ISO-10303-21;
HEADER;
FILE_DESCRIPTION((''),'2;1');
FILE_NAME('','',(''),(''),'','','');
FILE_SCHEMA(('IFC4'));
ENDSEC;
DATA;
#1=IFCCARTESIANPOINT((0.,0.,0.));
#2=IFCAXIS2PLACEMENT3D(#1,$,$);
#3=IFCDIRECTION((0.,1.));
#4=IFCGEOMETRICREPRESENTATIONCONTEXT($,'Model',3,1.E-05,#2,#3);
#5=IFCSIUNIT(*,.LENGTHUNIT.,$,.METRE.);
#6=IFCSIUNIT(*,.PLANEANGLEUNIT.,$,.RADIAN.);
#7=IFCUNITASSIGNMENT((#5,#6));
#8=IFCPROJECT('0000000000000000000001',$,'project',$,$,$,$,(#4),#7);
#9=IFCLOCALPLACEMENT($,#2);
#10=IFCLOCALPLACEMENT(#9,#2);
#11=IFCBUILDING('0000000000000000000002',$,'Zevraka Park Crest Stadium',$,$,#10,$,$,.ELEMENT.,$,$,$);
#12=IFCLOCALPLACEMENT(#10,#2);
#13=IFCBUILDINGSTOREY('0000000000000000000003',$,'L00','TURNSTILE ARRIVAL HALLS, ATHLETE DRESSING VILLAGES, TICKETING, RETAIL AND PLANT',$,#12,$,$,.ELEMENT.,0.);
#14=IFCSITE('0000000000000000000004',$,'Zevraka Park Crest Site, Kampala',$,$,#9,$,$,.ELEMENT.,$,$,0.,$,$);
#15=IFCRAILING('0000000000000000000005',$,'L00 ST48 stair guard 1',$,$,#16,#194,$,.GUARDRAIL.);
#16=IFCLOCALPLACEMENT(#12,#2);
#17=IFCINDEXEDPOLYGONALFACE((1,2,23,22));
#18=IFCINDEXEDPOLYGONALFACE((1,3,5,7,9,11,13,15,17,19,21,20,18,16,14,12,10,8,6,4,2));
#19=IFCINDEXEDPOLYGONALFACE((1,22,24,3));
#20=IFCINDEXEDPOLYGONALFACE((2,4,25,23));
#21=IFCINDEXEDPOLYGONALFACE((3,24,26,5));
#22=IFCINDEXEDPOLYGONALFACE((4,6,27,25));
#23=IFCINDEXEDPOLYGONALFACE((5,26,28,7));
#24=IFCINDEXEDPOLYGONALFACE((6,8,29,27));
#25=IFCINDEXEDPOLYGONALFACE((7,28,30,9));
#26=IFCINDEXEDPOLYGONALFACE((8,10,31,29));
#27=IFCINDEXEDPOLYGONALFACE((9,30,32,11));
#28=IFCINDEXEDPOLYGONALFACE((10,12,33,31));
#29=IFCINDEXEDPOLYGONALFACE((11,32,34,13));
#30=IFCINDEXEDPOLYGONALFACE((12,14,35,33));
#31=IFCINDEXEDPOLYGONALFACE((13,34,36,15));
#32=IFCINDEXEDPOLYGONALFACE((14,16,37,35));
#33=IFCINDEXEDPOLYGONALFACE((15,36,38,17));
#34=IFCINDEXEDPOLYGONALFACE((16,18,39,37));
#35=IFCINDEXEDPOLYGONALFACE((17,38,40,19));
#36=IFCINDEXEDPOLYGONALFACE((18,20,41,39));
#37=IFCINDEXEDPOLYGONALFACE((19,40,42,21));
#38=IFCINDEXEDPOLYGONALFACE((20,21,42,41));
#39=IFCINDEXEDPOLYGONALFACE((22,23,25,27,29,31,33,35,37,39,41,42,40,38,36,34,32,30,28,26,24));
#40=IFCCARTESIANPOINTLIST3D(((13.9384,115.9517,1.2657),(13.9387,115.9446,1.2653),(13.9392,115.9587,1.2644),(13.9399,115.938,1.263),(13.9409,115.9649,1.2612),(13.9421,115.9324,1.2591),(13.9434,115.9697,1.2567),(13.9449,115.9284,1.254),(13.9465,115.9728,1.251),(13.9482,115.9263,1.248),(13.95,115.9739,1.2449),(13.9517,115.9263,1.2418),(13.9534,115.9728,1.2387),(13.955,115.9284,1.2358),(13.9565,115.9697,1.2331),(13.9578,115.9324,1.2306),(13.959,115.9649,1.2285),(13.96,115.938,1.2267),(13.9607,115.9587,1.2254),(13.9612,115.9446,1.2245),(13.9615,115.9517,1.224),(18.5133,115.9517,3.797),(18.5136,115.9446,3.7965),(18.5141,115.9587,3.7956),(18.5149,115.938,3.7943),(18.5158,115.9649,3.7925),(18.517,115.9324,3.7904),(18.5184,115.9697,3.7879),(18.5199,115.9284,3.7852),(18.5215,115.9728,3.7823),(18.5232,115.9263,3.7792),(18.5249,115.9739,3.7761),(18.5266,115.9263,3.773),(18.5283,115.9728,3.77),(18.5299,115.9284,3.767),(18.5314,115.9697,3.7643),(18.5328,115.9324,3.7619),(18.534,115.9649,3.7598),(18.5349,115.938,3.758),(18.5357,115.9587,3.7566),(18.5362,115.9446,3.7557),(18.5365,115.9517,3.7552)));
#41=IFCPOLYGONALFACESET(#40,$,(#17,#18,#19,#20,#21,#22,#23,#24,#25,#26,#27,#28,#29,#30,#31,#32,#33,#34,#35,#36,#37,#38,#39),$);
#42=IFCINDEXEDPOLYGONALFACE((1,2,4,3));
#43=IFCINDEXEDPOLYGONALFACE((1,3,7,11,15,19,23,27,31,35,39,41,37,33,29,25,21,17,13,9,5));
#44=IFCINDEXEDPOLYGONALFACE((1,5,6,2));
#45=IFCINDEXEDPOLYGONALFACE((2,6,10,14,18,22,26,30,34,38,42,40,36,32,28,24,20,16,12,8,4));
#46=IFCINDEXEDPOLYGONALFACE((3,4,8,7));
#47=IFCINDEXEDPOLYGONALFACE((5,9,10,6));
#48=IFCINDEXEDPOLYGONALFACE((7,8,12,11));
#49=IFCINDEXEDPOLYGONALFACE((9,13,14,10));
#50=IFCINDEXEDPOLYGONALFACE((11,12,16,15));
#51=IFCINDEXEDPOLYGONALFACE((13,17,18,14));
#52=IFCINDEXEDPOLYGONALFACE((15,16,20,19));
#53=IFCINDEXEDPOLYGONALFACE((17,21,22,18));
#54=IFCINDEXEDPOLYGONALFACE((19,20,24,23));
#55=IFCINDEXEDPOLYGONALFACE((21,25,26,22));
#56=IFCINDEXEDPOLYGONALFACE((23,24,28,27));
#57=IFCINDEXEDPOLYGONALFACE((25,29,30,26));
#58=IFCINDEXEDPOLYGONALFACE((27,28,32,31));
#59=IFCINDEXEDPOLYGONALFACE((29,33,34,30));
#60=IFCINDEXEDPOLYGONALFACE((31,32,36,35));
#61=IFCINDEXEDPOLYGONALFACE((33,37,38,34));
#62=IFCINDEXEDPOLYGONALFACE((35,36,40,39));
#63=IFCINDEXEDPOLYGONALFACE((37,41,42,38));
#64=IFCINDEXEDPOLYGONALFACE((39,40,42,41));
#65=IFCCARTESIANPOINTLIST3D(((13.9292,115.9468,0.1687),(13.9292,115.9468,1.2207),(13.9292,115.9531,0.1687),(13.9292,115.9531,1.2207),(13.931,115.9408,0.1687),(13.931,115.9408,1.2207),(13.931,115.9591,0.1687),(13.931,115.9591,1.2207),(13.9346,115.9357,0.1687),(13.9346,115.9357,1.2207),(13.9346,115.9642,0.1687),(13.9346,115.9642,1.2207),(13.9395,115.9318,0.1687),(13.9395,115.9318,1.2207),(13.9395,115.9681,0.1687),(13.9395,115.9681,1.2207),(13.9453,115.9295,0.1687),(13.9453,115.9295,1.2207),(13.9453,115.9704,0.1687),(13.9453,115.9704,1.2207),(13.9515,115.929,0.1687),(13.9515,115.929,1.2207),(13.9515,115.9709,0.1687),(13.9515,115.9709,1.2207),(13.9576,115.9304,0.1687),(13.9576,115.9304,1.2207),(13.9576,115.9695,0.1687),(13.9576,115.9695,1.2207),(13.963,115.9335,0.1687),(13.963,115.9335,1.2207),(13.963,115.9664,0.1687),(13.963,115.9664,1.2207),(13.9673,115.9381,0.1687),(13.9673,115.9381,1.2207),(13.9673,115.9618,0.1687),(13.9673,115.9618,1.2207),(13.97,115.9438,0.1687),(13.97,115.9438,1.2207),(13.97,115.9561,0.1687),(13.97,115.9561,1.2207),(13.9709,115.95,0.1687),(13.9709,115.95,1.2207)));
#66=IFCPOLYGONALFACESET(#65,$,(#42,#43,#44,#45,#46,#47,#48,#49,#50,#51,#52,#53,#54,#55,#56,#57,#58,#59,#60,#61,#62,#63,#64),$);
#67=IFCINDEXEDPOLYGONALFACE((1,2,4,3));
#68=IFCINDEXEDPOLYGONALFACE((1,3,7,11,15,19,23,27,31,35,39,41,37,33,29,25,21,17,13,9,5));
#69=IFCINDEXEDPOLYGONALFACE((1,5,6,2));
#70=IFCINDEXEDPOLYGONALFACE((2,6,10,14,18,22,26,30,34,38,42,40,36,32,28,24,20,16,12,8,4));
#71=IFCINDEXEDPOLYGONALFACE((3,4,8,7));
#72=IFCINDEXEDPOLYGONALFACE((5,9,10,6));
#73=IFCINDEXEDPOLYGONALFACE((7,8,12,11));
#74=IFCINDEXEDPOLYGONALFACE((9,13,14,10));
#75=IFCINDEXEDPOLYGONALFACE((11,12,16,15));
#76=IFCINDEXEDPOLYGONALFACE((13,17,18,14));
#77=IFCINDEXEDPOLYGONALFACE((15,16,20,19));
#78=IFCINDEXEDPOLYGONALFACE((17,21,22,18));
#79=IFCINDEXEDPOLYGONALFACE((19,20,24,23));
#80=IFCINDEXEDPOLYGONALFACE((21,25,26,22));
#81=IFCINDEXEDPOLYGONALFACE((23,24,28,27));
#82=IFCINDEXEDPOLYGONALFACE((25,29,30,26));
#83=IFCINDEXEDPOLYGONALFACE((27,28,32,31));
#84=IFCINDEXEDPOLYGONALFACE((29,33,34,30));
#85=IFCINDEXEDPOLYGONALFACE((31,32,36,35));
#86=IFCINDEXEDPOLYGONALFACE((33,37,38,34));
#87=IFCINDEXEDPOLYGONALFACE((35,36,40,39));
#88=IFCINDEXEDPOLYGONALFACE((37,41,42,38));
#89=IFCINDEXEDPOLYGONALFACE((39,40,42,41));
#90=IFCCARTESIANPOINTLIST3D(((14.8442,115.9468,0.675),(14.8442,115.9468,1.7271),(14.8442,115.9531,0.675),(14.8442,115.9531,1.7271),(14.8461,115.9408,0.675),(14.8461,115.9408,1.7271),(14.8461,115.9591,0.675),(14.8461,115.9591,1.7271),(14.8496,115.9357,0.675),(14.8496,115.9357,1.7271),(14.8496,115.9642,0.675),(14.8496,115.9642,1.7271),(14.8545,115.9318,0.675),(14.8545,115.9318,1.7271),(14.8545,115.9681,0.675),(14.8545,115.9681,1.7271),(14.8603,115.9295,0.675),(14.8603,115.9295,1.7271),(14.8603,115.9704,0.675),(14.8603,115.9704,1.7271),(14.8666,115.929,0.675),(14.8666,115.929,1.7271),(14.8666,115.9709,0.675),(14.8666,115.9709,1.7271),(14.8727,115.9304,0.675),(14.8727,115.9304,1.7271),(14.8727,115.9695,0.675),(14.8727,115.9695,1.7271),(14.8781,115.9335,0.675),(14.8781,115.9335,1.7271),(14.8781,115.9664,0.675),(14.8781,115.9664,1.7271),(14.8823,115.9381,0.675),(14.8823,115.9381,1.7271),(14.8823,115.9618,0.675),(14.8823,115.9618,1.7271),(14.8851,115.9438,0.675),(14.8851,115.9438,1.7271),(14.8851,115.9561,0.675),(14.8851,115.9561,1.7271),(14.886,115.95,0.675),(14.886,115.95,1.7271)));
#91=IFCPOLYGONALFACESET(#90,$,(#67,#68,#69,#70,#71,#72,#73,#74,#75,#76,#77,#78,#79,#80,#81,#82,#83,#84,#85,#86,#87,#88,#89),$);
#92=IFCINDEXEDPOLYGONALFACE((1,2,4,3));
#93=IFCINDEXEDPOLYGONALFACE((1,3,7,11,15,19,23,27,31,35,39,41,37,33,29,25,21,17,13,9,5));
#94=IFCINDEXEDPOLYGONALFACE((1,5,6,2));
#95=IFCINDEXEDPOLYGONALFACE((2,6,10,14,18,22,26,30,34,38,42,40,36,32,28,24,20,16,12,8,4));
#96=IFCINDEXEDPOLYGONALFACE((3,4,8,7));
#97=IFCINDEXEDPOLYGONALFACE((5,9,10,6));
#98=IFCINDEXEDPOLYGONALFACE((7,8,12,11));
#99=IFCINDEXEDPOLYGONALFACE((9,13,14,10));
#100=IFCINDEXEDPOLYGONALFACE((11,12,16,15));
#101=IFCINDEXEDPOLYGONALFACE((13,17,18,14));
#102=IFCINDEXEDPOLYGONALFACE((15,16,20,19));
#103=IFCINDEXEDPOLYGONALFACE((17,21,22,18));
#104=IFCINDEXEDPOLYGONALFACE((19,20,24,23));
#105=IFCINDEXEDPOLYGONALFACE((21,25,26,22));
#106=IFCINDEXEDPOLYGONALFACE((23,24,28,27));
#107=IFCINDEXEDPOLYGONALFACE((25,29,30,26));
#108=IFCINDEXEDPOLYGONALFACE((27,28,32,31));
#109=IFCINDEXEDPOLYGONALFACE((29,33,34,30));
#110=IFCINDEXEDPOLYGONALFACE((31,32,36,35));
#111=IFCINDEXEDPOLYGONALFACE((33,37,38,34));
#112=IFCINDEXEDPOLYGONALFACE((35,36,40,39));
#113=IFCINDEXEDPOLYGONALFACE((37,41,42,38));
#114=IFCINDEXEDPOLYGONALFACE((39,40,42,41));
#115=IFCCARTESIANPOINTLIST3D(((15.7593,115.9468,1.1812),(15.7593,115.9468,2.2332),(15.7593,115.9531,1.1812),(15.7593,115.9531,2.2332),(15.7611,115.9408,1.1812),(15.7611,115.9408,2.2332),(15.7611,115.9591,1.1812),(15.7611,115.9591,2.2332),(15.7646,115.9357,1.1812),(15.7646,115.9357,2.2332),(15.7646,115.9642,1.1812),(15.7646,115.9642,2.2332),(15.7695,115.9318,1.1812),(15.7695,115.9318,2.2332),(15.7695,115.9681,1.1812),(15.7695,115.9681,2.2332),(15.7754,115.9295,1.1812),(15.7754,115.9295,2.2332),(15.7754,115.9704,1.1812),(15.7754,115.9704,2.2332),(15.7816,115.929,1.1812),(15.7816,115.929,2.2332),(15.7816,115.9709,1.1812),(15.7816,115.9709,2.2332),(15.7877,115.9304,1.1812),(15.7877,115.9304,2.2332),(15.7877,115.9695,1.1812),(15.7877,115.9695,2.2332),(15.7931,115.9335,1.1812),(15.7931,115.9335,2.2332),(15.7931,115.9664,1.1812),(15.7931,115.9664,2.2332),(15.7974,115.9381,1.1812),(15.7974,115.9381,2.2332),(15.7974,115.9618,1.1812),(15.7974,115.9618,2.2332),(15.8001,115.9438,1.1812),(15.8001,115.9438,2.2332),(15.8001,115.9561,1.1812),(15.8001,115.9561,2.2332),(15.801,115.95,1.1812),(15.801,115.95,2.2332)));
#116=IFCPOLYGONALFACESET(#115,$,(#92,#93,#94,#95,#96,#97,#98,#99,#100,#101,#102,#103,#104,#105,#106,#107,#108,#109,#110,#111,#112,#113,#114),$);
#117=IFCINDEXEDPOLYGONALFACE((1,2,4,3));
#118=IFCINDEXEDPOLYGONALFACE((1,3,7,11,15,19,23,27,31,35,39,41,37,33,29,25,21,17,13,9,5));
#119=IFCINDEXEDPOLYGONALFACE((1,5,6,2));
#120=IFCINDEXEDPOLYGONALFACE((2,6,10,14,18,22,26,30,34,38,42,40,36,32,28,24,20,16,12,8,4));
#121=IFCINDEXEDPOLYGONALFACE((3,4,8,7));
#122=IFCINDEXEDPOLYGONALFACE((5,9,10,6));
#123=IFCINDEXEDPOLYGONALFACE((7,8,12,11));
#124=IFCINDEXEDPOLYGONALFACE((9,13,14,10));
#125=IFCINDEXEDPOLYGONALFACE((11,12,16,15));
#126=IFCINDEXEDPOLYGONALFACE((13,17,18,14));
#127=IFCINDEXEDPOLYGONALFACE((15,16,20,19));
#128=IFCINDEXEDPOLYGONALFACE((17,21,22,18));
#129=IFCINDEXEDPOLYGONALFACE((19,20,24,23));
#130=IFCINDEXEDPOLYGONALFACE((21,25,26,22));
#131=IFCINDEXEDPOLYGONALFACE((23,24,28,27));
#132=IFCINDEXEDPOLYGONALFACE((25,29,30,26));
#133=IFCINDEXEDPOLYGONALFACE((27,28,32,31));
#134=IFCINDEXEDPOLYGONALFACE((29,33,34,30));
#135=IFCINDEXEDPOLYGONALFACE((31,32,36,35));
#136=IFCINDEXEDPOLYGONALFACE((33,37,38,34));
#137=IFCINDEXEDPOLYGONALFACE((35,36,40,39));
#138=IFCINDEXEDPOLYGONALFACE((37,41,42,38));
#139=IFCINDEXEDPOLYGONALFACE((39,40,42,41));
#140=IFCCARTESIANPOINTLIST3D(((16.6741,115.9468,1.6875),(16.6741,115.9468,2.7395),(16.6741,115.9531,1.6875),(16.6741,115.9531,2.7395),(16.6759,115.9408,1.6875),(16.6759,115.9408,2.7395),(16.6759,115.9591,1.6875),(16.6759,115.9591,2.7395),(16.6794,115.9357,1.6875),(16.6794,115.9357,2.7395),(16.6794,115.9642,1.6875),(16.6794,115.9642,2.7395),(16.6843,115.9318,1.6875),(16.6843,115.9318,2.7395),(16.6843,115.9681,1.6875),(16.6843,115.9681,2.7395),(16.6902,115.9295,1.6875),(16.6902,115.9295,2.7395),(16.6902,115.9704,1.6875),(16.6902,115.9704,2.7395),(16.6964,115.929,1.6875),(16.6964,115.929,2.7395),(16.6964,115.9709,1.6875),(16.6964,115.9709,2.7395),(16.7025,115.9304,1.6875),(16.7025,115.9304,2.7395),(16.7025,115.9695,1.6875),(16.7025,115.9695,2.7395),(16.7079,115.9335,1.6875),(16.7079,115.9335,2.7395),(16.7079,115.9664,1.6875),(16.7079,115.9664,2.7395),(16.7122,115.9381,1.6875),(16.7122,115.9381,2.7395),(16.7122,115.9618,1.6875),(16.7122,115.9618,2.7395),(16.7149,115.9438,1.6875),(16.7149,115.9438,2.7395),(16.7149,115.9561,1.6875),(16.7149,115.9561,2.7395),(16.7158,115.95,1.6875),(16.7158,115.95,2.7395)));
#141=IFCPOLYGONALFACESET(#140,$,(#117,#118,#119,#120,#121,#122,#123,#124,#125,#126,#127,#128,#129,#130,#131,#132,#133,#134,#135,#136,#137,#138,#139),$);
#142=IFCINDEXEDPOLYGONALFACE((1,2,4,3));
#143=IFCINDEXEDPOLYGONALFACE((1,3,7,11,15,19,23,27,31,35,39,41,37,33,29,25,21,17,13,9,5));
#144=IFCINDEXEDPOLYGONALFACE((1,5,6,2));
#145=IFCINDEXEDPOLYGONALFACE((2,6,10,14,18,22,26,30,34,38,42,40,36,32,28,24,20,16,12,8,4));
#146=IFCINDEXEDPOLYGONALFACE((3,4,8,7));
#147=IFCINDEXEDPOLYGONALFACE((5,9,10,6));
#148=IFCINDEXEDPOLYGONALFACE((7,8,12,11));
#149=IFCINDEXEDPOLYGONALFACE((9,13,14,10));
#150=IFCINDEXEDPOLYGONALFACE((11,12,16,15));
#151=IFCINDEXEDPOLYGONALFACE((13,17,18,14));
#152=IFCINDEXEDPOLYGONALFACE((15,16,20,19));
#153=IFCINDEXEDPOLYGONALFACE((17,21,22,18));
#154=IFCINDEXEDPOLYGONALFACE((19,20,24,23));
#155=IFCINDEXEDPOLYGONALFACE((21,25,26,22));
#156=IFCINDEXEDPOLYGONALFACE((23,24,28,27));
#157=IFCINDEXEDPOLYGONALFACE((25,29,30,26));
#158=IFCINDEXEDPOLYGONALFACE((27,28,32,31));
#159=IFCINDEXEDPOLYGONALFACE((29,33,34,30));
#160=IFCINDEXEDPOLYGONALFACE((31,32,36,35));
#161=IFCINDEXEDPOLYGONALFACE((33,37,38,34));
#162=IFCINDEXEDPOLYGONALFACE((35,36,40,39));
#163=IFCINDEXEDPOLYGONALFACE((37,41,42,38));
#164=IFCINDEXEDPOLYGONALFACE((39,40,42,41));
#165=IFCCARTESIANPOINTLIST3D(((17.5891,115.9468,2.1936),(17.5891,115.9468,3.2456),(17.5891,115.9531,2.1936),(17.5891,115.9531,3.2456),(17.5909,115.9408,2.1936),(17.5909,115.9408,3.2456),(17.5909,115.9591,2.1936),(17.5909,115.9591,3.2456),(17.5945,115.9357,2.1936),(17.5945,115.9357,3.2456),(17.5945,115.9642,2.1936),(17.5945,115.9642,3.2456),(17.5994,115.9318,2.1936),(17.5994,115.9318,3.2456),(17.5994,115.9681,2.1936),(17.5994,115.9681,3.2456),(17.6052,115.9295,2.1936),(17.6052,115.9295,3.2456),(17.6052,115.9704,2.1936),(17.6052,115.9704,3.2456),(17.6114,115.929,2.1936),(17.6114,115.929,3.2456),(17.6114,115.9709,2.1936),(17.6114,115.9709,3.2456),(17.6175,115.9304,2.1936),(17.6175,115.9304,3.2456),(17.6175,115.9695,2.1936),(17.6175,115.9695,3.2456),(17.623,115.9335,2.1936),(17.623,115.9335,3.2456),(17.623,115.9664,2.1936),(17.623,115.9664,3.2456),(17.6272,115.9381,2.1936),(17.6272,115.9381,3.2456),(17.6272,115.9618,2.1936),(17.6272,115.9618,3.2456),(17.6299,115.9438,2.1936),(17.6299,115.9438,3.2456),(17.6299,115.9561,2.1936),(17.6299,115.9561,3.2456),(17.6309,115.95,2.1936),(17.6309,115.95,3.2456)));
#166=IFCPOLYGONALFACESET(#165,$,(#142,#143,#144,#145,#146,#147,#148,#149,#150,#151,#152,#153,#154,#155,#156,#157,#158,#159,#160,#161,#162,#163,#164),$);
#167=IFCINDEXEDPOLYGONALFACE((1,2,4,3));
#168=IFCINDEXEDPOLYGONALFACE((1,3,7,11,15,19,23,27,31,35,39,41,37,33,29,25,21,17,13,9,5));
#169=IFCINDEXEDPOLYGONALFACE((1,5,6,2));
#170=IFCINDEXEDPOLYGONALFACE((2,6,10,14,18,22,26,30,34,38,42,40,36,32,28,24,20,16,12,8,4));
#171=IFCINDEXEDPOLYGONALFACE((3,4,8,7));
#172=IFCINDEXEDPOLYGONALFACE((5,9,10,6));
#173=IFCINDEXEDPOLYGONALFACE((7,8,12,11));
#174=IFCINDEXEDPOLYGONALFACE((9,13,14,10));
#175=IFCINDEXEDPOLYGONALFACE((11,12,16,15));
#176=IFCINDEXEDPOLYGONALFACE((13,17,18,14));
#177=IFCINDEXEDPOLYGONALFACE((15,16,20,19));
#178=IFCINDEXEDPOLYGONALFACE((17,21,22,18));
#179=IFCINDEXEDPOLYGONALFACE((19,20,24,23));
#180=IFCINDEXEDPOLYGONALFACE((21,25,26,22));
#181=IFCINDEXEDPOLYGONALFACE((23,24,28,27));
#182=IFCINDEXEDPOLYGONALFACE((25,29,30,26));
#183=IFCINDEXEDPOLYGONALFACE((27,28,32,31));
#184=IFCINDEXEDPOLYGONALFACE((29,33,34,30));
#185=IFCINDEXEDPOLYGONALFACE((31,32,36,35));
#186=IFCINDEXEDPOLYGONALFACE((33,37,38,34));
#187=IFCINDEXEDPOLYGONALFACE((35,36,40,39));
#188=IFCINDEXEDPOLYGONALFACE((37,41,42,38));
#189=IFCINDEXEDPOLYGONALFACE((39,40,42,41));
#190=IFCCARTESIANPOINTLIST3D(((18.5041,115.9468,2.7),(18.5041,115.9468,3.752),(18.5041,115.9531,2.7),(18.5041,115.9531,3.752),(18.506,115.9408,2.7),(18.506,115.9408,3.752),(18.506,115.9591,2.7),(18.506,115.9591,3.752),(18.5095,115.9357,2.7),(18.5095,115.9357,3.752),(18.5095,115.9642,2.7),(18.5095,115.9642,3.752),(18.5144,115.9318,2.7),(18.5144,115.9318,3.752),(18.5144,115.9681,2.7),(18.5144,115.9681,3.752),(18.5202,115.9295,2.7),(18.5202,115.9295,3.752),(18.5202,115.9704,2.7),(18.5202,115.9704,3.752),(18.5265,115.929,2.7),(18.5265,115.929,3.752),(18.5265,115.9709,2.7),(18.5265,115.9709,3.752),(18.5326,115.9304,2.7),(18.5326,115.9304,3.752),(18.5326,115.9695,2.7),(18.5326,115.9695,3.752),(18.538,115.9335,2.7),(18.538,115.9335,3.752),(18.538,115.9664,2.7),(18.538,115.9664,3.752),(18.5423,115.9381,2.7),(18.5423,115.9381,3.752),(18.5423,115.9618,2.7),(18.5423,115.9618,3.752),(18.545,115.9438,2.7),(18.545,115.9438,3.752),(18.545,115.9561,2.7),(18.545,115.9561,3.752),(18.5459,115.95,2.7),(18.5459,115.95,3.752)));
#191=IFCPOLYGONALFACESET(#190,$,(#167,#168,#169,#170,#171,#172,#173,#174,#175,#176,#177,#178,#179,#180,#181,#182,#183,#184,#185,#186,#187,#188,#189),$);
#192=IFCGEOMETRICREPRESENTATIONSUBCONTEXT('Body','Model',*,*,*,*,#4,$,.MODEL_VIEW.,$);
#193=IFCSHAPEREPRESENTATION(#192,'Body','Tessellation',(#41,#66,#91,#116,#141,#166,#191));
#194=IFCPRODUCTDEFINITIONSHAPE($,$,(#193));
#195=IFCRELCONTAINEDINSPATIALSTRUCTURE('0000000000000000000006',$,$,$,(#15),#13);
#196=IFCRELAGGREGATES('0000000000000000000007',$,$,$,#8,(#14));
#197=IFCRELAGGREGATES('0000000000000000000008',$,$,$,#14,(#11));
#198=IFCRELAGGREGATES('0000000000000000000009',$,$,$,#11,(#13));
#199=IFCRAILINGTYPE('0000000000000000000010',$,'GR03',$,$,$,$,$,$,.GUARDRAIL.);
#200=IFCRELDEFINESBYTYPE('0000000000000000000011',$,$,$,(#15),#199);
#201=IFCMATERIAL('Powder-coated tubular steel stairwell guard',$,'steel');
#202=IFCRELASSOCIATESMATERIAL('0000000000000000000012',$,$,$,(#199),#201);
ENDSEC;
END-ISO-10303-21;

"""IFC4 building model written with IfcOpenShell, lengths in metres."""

from ifc_helpers import new_model, si_unit, direction, frame, origin, origin_2d, place, context, subcontext, project, spatial, circle, extrude, material, type_object, element, save


model = new_model("IFC4")

# Units and contexts
model_context = context("Model", 3, precision=1e-05, world=origin(), true_north=direction((0.0, 1.0)))
body_context = subcontext(model_context, "Body", "Model", "MODEL_VIEW")
ifc_project = project(units=[si_unit("LENGTHUNIT", "METRE"), si_unit("PLANEANGLEUNIT", "RADIAN")], contexts=[model_context])

# Site, building, storey
site_placement = place(None, origin())
site = spatial("IfcSite", under=ifc_project, at=site_placement, Name="Zevraka Park Crest Site, Kampala", CompositionType="ELEMENT", RefElevation=0.0)
building_placement = place(site_placement, origin())
building = spatial("IfcBuilding", under=site, at=building_placement, Name="Zevraka Park Crest Stadium", CompositionType="ELEMENT")
storey_placement = place(building_placement, origin())
storey = spatial("IfcBuildingStorey", under=building, at=storey_placement, Name="L00", Description="TURNSTILE ARRIVAL HALLS, ATHLETE DRESSING VILLAGES, TICKETING, RETAIL AND PLANT", CompositionType="ELEMENT", Elevation=0.0)

# Railing
ifc_material_1 = material(Name="Powder-coated tubular steel stairwell guard", Category="steel")
railing_type_1 = type_object("IfcRailingType", Name="GR03", PredefinedType="GUARDRAIL", material=ifc_material_1)
railing_1_placement = place(storey_placement, frame((13.95, 115.95, 0.1687)))
element("IfcRailing", 1, at=railing_1_placement, inside=storey, type_object=railing_type_1, Name="L00 ST48 stair guard 1", PredefinedType="GUARDRAIL", context=body_context, shape_type="SweptSolid", body=[
    extrude(circle(Radius=0.0239, at=origin_2d()), frame((0.0, 0.0, 1.0762), z_axis=(0.875, 0.0, 0.484124), x_axis=(0.0, 1.0, 0.0)), (0.0, 0.0, 1.0), 5.2285),
    extrude(circle(Radius=0.021, at=origin_2d()), origin(), (0.0, 0.0, 1.0), 1.052),
    extrude(circle(Radius=0.021, at=origin_2d()), frame((0.915, 0.0, 0.5063)), (0.0, 0.0, 1.0), 1.052),
    extrude(circle(Radius=0.021, at=origin_2d()), frame((1.8301, 0.0, 1.0125)), (0.0, 0.0, 1.0), 1.052),
    extrude(circle(Radius=0.021, at=origin_2d()), frame((2.7449, 0.0, 1.5188)), (0.0, 0.0, 1.0), 1.052),
    extrude(circle(Radius=0.021, at=origin_2d()), frame((3.6599, 0.0, 2.0249)), (0.0, 0.0, 1.0), 1.052),
    extrude(circle(Radius=0.021, at=origin_2d()), frame((4.575, 0.0, 2.5312)), (0.0, 0.0, 1.0), 1.052),
])

save(model, "model.ifc")
